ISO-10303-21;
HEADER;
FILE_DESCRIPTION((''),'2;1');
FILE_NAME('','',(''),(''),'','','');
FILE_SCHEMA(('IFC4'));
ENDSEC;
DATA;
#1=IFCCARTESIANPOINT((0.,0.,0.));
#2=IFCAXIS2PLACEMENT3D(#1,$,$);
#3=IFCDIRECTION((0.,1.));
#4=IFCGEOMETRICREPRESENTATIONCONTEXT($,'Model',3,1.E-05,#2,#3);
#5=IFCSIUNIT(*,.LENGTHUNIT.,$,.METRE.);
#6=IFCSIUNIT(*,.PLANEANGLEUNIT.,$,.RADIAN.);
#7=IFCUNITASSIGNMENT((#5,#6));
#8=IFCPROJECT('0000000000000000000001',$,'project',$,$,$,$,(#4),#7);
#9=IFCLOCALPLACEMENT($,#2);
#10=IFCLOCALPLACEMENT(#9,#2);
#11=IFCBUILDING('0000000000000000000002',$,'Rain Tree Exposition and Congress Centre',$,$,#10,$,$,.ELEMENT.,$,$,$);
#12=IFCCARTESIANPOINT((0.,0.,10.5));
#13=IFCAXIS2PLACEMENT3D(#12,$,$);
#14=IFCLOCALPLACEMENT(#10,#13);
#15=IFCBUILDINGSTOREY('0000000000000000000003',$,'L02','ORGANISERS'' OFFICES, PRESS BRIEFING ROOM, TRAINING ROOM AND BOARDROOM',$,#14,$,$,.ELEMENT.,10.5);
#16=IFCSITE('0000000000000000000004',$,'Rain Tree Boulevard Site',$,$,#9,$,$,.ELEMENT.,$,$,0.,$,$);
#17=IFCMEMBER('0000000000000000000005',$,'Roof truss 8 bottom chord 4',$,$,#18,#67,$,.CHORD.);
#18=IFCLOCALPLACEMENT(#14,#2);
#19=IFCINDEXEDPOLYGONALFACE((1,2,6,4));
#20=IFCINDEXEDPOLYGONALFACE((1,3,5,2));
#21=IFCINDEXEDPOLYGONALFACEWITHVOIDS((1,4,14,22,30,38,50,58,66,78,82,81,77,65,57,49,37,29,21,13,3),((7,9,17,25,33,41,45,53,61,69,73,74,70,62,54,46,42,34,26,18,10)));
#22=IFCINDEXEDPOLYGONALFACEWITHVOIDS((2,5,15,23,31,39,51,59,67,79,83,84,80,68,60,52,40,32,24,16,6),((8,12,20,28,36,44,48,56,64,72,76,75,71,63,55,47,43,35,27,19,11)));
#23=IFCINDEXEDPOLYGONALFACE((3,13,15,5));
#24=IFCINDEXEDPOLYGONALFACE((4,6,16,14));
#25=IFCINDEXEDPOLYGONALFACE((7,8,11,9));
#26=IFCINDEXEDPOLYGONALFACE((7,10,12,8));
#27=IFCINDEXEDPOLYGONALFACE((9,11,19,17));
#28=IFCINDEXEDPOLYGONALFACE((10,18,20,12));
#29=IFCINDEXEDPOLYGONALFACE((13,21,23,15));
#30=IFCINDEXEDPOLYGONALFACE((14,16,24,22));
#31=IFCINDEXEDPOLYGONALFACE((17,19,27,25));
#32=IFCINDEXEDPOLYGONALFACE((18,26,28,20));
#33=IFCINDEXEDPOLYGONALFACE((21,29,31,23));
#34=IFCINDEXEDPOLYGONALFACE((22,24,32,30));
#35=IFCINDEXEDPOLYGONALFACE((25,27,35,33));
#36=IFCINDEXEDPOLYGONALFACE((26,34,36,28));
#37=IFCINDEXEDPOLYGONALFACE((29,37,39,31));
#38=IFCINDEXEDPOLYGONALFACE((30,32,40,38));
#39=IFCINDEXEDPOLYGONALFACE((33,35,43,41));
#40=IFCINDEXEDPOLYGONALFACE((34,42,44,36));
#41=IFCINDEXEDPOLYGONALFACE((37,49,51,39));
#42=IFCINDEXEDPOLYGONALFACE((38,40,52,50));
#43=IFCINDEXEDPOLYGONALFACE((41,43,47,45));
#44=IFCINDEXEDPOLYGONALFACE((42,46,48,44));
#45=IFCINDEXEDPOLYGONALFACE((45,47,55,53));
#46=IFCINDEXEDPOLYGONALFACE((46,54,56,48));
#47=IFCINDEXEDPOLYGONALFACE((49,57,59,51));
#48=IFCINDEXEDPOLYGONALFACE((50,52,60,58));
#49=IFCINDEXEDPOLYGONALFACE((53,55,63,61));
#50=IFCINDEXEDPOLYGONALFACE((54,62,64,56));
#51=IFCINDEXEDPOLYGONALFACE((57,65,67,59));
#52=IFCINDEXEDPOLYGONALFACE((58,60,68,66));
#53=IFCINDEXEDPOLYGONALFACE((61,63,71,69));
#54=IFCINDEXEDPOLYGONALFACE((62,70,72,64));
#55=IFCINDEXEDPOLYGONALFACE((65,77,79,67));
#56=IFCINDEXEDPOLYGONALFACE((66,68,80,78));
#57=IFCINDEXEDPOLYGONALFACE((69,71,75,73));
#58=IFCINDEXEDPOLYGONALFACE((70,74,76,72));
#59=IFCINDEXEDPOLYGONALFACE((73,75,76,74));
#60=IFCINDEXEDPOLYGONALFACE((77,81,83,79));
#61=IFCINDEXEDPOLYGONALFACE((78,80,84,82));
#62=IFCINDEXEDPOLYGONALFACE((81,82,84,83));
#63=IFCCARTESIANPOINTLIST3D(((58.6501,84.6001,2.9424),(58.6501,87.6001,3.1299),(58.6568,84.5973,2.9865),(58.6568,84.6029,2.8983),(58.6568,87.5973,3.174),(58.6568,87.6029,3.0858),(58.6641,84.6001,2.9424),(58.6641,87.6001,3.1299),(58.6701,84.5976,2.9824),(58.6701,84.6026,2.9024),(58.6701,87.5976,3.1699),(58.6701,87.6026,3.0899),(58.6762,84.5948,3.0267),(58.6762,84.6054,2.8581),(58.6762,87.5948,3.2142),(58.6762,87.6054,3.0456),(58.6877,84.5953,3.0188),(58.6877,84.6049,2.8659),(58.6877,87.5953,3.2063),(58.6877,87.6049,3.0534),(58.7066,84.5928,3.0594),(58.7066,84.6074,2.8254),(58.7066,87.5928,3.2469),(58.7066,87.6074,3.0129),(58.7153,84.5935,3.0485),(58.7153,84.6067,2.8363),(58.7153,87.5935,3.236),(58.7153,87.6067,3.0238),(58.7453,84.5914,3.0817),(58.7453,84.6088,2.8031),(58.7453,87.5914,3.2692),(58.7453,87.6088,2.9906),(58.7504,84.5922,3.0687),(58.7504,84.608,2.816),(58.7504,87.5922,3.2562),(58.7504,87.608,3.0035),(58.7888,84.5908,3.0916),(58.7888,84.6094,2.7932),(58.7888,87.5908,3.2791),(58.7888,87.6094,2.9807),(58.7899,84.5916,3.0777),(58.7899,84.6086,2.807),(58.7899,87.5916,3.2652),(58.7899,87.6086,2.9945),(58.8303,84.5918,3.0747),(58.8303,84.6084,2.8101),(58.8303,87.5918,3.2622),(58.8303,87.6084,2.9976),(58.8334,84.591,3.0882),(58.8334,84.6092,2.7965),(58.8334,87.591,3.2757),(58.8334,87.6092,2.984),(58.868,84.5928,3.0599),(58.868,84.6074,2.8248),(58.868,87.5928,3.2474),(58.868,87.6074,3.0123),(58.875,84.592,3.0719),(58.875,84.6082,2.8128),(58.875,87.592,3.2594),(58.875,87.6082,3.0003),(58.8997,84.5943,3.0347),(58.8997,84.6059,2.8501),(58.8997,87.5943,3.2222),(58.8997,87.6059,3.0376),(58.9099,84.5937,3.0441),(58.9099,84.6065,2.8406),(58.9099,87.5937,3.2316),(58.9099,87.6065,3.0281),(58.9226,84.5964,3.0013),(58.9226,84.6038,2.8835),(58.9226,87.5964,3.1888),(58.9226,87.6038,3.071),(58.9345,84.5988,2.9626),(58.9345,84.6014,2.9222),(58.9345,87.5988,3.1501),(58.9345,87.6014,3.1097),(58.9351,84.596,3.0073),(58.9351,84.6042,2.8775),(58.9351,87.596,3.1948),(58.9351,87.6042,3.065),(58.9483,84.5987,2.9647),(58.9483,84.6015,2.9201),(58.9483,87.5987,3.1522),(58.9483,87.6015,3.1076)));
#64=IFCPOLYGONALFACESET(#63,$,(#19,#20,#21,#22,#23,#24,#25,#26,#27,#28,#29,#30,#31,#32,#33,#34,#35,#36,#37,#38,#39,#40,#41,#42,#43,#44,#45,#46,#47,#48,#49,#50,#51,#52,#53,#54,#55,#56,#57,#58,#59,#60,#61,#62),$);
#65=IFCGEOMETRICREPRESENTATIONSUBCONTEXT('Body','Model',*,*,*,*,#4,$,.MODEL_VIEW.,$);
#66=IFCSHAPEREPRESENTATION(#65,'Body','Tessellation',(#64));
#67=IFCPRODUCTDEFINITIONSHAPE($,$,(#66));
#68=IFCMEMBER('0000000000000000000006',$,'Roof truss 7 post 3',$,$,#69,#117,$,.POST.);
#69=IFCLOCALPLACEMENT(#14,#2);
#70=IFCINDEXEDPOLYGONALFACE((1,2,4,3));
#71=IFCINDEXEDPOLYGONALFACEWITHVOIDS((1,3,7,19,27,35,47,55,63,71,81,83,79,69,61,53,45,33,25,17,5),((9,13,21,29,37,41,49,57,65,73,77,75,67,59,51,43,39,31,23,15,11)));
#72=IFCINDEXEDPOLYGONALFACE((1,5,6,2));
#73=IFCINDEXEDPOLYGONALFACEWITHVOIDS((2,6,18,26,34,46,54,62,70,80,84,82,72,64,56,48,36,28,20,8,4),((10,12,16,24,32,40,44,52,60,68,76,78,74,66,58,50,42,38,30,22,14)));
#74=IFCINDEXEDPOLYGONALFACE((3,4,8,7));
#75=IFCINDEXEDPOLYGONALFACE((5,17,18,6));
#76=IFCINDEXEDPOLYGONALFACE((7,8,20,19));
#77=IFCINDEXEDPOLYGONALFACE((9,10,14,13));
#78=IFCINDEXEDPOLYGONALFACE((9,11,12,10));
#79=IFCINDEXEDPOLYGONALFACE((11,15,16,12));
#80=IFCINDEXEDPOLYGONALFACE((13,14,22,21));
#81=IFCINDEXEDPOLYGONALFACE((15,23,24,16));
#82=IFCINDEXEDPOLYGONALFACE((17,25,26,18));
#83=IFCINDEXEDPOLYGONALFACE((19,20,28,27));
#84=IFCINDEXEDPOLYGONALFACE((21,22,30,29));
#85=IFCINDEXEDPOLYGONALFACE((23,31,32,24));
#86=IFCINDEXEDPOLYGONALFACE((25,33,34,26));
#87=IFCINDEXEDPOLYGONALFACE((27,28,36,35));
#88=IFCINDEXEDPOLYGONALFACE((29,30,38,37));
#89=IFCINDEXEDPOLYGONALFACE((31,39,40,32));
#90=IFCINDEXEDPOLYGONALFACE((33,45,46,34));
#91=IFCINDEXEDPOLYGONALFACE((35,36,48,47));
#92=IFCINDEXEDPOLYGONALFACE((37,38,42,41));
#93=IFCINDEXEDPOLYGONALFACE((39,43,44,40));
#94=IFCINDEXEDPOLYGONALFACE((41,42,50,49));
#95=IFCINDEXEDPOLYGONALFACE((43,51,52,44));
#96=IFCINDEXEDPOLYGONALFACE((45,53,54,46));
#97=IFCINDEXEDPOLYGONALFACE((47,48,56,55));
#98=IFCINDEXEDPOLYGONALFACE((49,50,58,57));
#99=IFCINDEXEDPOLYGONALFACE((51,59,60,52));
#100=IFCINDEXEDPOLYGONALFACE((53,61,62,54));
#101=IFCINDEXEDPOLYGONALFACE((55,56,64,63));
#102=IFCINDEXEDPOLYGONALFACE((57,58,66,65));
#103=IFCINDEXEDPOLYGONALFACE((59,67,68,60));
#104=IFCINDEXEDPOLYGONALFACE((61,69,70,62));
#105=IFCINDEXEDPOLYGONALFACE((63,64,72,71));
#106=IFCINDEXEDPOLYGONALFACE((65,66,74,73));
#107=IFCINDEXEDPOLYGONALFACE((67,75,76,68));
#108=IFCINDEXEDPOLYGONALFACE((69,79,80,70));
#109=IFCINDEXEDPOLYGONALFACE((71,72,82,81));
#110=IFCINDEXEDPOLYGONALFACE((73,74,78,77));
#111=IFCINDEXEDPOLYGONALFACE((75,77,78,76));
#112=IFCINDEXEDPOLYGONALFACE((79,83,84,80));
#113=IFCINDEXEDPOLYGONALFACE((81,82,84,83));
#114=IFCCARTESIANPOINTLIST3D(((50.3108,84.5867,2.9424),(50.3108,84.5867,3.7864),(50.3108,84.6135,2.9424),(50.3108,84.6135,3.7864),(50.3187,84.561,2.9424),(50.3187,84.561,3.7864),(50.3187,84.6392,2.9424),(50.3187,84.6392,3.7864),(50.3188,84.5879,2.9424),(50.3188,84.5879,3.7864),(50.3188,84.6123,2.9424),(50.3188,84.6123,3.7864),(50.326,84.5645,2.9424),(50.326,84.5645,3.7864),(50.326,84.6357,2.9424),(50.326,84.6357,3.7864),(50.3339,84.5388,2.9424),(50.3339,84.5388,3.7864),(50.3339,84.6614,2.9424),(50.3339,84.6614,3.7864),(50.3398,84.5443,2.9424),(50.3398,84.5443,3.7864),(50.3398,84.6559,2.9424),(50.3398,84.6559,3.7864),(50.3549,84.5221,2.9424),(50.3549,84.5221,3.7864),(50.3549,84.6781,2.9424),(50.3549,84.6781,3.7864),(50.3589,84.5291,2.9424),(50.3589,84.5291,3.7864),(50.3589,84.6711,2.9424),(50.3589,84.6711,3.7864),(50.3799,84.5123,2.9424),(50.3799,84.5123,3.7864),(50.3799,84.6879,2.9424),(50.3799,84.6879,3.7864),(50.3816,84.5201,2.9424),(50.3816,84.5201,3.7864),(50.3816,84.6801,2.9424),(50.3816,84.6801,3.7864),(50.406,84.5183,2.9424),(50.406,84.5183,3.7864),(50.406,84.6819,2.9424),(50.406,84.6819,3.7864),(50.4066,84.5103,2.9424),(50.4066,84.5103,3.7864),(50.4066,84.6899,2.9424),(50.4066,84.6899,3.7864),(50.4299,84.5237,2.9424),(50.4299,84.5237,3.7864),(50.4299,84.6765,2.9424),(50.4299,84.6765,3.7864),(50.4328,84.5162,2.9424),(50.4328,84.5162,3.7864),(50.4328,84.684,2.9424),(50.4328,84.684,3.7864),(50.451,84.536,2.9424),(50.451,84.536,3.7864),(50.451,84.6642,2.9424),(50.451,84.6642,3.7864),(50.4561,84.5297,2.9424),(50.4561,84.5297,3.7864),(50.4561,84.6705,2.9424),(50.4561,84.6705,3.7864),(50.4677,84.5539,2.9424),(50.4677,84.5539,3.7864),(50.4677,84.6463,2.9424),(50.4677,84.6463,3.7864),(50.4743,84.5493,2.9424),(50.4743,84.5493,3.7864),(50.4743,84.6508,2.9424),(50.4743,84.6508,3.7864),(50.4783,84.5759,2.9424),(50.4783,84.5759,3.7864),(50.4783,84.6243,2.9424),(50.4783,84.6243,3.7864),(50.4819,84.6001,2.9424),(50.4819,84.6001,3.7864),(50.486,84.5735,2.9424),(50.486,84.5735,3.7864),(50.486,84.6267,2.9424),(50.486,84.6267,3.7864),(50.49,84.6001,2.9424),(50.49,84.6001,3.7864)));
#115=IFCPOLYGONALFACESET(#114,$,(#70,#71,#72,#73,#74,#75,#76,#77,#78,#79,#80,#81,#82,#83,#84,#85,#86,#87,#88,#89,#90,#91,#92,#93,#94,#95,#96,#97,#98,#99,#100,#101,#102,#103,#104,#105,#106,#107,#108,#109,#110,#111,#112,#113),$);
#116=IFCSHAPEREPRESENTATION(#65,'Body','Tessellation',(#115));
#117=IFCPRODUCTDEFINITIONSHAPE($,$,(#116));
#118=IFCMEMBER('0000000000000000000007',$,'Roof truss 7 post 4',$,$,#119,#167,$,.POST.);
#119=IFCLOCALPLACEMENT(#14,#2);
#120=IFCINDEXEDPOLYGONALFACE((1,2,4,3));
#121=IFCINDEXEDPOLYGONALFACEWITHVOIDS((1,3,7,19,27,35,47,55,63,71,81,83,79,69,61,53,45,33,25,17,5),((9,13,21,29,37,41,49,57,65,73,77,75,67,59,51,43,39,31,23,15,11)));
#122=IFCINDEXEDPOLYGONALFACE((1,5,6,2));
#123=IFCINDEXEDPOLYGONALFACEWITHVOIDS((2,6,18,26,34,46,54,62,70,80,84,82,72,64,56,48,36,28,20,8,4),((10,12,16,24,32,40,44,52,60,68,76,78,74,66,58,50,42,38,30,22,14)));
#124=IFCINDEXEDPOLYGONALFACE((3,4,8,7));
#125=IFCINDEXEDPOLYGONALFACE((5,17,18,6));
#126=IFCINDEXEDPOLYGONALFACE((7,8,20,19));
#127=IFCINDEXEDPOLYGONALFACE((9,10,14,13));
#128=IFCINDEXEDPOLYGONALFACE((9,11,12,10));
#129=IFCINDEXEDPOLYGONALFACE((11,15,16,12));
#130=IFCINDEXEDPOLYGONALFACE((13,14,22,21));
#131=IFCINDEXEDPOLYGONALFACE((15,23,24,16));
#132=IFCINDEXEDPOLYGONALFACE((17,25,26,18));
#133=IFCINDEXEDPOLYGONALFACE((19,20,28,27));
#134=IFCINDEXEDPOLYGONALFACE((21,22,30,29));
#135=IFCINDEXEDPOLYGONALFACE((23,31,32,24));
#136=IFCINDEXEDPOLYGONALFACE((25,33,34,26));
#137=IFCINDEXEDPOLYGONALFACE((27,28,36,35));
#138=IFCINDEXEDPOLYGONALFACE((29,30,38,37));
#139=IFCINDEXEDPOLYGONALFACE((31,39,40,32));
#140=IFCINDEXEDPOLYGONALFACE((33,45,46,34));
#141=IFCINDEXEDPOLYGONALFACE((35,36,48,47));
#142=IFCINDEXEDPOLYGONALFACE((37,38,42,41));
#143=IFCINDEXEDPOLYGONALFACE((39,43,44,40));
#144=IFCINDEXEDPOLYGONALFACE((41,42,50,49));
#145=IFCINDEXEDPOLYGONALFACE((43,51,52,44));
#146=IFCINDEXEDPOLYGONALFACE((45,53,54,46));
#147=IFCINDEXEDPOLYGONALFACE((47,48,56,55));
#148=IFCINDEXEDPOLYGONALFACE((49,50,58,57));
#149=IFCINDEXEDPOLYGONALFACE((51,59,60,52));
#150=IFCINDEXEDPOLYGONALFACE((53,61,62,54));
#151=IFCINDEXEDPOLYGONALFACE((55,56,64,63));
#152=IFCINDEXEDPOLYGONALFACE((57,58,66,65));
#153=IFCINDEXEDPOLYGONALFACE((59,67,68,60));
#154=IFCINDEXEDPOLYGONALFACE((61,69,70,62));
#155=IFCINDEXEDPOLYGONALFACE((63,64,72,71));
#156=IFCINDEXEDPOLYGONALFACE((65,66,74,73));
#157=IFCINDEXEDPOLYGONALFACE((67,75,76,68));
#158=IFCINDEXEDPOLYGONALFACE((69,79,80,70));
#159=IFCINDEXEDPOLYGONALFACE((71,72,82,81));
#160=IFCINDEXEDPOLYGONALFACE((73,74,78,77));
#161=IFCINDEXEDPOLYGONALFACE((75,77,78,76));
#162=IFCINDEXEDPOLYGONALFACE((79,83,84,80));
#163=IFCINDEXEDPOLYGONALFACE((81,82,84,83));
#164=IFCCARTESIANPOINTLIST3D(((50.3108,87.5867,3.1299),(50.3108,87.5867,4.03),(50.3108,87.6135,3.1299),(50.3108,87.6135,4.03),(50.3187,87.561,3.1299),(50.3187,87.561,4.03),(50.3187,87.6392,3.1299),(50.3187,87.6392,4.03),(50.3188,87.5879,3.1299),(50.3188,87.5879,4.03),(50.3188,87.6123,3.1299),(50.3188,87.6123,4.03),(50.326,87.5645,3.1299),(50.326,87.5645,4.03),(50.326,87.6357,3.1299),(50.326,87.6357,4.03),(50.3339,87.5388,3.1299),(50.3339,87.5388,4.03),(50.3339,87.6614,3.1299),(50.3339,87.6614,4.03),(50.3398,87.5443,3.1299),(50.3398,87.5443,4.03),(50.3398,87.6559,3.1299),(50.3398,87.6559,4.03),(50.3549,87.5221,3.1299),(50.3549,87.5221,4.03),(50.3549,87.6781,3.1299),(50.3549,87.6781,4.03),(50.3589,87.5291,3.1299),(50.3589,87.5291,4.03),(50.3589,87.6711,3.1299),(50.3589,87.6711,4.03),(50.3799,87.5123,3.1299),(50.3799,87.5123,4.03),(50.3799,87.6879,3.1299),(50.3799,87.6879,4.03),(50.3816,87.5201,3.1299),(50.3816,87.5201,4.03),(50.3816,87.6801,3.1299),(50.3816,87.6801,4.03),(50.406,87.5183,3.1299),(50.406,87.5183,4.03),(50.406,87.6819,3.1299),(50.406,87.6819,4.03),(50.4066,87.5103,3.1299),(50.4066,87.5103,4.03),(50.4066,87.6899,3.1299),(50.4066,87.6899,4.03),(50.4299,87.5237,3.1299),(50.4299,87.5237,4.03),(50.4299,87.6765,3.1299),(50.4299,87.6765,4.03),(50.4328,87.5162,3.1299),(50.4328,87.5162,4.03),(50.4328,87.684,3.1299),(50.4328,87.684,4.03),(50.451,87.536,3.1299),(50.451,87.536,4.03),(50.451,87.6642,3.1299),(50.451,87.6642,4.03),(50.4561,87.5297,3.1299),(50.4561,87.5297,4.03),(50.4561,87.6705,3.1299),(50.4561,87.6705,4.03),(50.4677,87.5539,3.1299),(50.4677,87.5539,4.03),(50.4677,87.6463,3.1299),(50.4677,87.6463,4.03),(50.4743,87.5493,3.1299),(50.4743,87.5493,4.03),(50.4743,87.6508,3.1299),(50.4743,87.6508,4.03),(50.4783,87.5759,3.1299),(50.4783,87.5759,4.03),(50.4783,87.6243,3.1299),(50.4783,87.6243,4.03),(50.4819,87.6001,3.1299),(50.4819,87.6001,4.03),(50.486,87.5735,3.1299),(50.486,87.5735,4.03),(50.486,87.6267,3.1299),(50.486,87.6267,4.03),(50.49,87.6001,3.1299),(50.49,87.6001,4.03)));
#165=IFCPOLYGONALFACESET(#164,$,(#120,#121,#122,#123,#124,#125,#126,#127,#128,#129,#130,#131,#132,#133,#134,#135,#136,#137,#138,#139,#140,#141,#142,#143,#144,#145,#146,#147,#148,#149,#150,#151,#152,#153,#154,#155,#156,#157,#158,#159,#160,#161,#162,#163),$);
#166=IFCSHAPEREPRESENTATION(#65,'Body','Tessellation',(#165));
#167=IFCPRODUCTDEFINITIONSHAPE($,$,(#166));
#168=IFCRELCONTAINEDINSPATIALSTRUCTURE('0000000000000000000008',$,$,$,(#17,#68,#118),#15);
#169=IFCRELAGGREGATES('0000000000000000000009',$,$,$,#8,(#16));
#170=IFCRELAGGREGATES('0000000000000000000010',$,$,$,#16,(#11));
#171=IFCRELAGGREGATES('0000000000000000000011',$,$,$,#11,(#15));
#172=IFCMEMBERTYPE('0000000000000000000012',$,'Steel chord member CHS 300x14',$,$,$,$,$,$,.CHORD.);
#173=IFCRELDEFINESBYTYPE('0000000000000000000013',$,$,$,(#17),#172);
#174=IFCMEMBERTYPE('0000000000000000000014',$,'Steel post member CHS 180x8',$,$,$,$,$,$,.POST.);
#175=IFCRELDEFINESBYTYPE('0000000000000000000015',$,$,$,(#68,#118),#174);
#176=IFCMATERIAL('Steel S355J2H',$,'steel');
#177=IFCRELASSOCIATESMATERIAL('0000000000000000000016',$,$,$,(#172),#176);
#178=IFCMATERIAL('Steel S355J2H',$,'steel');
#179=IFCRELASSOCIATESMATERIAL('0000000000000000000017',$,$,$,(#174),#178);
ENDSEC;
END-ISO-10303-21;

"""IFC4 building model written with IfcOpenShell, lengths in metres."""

from ifc_helpers import new_model, si_unit, direction, frame, origin, origin_2d, place, context, subcontext, project, spatial, hollow_circle, extrude, material, material_profile, profile_set, type_object, element, save


model = new_model("IFC4")

# Units and contexts
model_context = context("Model", 3, precision=1e-05, world=origin(), true_north=direction((0.0, 1.0)))
body_context = subcontext(model_context, "Body", "Model", "MODEL_VIEW")
ifc_project = project(units=[si_unit("LENGTHUNIT", "METRE"), si_unit("PLANEANGLEUNIT", "RADIAN")], contexts=[model_context])

# Site, building, storey
site_placement = place(None, origin())
site = spatial("IfcSite", under=ifc_project, at=site_placement, Name="Rain Tree Boulevard Site", CompositionType="ELEMENT", RefElevation=0.0)
building_placement = place(site_placement, origin())
building = spatial("IfcBuilding", under=site, at=building_placement, Name="Rain Tree Exposition and Congress Centre", CompositionType="ELEMENT")
storey_placement = place(building_placement, frame((0.0, 0.0, 10.5)))
storey = spatial("IfcBuildingStorey", under=building, at=storey_placement, Name="L02", Description="ORGANISERS' OFFICES, PRESS BRIEFING ROOM, TRAINING ROOM AND BOARDROOM", CompositionType="ELEMENT", Elevation=10.5)

# Members
ifc_material_1 = material(Name="Steel S355J2H", Category="steel")
ifc_material_profile_1 = material_profile(ifc_material_1, hollow_circle(Radius=0.1499, WallThickness=0.0139, at=origin_2d()), Name="CHS 300x14")
ifc_profile_set_1 = profile_set([ifc_material_profile_1], Name="Steel S355J2H")
member_type_1 = type_object("IfcMemberType", Name="Steel chord member CHS 300x14", PredefinedType="CHORD", material=ifc_profile_set_1)
member_1_placement = place(storey_placement, frame((58.8, 84.6001, 2.9424), z_axis=(0.0, 0.998053, 0.062378), x_axis=(-1.0, 0.0, 0.0)))
element("IfcMember", 1, at=member_1_placement, inside=storey, type_object=member_type_1, Name="Roof truss 8 bottom chord 4", PredefinedType="CHORD", context=body_context, shape_type="SweptSolid", body=[
    extrude(hollow_circle(Radius=0.1499, WallThickness=0.0139, at=origin_2d()), origin(), (0.0, 0.0, 1.0), 3.0059),
])
ifc_material_2 = material(Name="Steel S355J2H", Category="steel")
ifc_material_profile_2 = material_profile(ifc_material_2, hollow_circle(Radius=0.0901, WallThickness=0.0081, at=origin_2d()), Name="CHS 180x8")
ifc_profile_set_2 = profile_set([ifc_material_profile_2], Name="Steel S355J2H")
member_type_2 = type_object("IfcMemberType", Name="Steel post member CHS 180x8", PredefinedType="POST", material=ifc_profile_set_2)
member_2_placement = place(storey_placement, frame((50.3999, 84.6001, 2.9424), z_axis=(0.0, 0.0, 1.0), x_axis=(1.0, 0.0, 0.0)))
element("IfcMember", 2, at=member_2_placement, inside=storey, type_object=member_type_2, Name="Roof truss 7 post 3", PredefinedType="POST", context=body_context, shape_type="SweptSolid", body=[
    extrude(hollow_circle(Radius=0.0901, WallThickness=0.0081, at=origin_2d()), origin(), (0.0, 0.0, 1.0), 0.844),
])
member_3_placement = place(storey_placement, frame((50.3999, 87.6001, 3.1299), z_axis=(0.0, 0.0, 1.0), x_axis=(1.0, 0.0, 0.0)))
element("IfcMember", 3, at=member_3_placement, inside=storey, type_object=member_type_2, Name="Roof truss 7 post 4", PredefinedType="POST", context=body_context, shape_type="SweptSolid", body=[
    extrude(hollow_circle(Radius=0.0901, WallThickness=0.0081, at=origin_2d()), origin(), (0.0, 0.0, 1.0), 0.9001),
])

save(model, "model.ifc")
